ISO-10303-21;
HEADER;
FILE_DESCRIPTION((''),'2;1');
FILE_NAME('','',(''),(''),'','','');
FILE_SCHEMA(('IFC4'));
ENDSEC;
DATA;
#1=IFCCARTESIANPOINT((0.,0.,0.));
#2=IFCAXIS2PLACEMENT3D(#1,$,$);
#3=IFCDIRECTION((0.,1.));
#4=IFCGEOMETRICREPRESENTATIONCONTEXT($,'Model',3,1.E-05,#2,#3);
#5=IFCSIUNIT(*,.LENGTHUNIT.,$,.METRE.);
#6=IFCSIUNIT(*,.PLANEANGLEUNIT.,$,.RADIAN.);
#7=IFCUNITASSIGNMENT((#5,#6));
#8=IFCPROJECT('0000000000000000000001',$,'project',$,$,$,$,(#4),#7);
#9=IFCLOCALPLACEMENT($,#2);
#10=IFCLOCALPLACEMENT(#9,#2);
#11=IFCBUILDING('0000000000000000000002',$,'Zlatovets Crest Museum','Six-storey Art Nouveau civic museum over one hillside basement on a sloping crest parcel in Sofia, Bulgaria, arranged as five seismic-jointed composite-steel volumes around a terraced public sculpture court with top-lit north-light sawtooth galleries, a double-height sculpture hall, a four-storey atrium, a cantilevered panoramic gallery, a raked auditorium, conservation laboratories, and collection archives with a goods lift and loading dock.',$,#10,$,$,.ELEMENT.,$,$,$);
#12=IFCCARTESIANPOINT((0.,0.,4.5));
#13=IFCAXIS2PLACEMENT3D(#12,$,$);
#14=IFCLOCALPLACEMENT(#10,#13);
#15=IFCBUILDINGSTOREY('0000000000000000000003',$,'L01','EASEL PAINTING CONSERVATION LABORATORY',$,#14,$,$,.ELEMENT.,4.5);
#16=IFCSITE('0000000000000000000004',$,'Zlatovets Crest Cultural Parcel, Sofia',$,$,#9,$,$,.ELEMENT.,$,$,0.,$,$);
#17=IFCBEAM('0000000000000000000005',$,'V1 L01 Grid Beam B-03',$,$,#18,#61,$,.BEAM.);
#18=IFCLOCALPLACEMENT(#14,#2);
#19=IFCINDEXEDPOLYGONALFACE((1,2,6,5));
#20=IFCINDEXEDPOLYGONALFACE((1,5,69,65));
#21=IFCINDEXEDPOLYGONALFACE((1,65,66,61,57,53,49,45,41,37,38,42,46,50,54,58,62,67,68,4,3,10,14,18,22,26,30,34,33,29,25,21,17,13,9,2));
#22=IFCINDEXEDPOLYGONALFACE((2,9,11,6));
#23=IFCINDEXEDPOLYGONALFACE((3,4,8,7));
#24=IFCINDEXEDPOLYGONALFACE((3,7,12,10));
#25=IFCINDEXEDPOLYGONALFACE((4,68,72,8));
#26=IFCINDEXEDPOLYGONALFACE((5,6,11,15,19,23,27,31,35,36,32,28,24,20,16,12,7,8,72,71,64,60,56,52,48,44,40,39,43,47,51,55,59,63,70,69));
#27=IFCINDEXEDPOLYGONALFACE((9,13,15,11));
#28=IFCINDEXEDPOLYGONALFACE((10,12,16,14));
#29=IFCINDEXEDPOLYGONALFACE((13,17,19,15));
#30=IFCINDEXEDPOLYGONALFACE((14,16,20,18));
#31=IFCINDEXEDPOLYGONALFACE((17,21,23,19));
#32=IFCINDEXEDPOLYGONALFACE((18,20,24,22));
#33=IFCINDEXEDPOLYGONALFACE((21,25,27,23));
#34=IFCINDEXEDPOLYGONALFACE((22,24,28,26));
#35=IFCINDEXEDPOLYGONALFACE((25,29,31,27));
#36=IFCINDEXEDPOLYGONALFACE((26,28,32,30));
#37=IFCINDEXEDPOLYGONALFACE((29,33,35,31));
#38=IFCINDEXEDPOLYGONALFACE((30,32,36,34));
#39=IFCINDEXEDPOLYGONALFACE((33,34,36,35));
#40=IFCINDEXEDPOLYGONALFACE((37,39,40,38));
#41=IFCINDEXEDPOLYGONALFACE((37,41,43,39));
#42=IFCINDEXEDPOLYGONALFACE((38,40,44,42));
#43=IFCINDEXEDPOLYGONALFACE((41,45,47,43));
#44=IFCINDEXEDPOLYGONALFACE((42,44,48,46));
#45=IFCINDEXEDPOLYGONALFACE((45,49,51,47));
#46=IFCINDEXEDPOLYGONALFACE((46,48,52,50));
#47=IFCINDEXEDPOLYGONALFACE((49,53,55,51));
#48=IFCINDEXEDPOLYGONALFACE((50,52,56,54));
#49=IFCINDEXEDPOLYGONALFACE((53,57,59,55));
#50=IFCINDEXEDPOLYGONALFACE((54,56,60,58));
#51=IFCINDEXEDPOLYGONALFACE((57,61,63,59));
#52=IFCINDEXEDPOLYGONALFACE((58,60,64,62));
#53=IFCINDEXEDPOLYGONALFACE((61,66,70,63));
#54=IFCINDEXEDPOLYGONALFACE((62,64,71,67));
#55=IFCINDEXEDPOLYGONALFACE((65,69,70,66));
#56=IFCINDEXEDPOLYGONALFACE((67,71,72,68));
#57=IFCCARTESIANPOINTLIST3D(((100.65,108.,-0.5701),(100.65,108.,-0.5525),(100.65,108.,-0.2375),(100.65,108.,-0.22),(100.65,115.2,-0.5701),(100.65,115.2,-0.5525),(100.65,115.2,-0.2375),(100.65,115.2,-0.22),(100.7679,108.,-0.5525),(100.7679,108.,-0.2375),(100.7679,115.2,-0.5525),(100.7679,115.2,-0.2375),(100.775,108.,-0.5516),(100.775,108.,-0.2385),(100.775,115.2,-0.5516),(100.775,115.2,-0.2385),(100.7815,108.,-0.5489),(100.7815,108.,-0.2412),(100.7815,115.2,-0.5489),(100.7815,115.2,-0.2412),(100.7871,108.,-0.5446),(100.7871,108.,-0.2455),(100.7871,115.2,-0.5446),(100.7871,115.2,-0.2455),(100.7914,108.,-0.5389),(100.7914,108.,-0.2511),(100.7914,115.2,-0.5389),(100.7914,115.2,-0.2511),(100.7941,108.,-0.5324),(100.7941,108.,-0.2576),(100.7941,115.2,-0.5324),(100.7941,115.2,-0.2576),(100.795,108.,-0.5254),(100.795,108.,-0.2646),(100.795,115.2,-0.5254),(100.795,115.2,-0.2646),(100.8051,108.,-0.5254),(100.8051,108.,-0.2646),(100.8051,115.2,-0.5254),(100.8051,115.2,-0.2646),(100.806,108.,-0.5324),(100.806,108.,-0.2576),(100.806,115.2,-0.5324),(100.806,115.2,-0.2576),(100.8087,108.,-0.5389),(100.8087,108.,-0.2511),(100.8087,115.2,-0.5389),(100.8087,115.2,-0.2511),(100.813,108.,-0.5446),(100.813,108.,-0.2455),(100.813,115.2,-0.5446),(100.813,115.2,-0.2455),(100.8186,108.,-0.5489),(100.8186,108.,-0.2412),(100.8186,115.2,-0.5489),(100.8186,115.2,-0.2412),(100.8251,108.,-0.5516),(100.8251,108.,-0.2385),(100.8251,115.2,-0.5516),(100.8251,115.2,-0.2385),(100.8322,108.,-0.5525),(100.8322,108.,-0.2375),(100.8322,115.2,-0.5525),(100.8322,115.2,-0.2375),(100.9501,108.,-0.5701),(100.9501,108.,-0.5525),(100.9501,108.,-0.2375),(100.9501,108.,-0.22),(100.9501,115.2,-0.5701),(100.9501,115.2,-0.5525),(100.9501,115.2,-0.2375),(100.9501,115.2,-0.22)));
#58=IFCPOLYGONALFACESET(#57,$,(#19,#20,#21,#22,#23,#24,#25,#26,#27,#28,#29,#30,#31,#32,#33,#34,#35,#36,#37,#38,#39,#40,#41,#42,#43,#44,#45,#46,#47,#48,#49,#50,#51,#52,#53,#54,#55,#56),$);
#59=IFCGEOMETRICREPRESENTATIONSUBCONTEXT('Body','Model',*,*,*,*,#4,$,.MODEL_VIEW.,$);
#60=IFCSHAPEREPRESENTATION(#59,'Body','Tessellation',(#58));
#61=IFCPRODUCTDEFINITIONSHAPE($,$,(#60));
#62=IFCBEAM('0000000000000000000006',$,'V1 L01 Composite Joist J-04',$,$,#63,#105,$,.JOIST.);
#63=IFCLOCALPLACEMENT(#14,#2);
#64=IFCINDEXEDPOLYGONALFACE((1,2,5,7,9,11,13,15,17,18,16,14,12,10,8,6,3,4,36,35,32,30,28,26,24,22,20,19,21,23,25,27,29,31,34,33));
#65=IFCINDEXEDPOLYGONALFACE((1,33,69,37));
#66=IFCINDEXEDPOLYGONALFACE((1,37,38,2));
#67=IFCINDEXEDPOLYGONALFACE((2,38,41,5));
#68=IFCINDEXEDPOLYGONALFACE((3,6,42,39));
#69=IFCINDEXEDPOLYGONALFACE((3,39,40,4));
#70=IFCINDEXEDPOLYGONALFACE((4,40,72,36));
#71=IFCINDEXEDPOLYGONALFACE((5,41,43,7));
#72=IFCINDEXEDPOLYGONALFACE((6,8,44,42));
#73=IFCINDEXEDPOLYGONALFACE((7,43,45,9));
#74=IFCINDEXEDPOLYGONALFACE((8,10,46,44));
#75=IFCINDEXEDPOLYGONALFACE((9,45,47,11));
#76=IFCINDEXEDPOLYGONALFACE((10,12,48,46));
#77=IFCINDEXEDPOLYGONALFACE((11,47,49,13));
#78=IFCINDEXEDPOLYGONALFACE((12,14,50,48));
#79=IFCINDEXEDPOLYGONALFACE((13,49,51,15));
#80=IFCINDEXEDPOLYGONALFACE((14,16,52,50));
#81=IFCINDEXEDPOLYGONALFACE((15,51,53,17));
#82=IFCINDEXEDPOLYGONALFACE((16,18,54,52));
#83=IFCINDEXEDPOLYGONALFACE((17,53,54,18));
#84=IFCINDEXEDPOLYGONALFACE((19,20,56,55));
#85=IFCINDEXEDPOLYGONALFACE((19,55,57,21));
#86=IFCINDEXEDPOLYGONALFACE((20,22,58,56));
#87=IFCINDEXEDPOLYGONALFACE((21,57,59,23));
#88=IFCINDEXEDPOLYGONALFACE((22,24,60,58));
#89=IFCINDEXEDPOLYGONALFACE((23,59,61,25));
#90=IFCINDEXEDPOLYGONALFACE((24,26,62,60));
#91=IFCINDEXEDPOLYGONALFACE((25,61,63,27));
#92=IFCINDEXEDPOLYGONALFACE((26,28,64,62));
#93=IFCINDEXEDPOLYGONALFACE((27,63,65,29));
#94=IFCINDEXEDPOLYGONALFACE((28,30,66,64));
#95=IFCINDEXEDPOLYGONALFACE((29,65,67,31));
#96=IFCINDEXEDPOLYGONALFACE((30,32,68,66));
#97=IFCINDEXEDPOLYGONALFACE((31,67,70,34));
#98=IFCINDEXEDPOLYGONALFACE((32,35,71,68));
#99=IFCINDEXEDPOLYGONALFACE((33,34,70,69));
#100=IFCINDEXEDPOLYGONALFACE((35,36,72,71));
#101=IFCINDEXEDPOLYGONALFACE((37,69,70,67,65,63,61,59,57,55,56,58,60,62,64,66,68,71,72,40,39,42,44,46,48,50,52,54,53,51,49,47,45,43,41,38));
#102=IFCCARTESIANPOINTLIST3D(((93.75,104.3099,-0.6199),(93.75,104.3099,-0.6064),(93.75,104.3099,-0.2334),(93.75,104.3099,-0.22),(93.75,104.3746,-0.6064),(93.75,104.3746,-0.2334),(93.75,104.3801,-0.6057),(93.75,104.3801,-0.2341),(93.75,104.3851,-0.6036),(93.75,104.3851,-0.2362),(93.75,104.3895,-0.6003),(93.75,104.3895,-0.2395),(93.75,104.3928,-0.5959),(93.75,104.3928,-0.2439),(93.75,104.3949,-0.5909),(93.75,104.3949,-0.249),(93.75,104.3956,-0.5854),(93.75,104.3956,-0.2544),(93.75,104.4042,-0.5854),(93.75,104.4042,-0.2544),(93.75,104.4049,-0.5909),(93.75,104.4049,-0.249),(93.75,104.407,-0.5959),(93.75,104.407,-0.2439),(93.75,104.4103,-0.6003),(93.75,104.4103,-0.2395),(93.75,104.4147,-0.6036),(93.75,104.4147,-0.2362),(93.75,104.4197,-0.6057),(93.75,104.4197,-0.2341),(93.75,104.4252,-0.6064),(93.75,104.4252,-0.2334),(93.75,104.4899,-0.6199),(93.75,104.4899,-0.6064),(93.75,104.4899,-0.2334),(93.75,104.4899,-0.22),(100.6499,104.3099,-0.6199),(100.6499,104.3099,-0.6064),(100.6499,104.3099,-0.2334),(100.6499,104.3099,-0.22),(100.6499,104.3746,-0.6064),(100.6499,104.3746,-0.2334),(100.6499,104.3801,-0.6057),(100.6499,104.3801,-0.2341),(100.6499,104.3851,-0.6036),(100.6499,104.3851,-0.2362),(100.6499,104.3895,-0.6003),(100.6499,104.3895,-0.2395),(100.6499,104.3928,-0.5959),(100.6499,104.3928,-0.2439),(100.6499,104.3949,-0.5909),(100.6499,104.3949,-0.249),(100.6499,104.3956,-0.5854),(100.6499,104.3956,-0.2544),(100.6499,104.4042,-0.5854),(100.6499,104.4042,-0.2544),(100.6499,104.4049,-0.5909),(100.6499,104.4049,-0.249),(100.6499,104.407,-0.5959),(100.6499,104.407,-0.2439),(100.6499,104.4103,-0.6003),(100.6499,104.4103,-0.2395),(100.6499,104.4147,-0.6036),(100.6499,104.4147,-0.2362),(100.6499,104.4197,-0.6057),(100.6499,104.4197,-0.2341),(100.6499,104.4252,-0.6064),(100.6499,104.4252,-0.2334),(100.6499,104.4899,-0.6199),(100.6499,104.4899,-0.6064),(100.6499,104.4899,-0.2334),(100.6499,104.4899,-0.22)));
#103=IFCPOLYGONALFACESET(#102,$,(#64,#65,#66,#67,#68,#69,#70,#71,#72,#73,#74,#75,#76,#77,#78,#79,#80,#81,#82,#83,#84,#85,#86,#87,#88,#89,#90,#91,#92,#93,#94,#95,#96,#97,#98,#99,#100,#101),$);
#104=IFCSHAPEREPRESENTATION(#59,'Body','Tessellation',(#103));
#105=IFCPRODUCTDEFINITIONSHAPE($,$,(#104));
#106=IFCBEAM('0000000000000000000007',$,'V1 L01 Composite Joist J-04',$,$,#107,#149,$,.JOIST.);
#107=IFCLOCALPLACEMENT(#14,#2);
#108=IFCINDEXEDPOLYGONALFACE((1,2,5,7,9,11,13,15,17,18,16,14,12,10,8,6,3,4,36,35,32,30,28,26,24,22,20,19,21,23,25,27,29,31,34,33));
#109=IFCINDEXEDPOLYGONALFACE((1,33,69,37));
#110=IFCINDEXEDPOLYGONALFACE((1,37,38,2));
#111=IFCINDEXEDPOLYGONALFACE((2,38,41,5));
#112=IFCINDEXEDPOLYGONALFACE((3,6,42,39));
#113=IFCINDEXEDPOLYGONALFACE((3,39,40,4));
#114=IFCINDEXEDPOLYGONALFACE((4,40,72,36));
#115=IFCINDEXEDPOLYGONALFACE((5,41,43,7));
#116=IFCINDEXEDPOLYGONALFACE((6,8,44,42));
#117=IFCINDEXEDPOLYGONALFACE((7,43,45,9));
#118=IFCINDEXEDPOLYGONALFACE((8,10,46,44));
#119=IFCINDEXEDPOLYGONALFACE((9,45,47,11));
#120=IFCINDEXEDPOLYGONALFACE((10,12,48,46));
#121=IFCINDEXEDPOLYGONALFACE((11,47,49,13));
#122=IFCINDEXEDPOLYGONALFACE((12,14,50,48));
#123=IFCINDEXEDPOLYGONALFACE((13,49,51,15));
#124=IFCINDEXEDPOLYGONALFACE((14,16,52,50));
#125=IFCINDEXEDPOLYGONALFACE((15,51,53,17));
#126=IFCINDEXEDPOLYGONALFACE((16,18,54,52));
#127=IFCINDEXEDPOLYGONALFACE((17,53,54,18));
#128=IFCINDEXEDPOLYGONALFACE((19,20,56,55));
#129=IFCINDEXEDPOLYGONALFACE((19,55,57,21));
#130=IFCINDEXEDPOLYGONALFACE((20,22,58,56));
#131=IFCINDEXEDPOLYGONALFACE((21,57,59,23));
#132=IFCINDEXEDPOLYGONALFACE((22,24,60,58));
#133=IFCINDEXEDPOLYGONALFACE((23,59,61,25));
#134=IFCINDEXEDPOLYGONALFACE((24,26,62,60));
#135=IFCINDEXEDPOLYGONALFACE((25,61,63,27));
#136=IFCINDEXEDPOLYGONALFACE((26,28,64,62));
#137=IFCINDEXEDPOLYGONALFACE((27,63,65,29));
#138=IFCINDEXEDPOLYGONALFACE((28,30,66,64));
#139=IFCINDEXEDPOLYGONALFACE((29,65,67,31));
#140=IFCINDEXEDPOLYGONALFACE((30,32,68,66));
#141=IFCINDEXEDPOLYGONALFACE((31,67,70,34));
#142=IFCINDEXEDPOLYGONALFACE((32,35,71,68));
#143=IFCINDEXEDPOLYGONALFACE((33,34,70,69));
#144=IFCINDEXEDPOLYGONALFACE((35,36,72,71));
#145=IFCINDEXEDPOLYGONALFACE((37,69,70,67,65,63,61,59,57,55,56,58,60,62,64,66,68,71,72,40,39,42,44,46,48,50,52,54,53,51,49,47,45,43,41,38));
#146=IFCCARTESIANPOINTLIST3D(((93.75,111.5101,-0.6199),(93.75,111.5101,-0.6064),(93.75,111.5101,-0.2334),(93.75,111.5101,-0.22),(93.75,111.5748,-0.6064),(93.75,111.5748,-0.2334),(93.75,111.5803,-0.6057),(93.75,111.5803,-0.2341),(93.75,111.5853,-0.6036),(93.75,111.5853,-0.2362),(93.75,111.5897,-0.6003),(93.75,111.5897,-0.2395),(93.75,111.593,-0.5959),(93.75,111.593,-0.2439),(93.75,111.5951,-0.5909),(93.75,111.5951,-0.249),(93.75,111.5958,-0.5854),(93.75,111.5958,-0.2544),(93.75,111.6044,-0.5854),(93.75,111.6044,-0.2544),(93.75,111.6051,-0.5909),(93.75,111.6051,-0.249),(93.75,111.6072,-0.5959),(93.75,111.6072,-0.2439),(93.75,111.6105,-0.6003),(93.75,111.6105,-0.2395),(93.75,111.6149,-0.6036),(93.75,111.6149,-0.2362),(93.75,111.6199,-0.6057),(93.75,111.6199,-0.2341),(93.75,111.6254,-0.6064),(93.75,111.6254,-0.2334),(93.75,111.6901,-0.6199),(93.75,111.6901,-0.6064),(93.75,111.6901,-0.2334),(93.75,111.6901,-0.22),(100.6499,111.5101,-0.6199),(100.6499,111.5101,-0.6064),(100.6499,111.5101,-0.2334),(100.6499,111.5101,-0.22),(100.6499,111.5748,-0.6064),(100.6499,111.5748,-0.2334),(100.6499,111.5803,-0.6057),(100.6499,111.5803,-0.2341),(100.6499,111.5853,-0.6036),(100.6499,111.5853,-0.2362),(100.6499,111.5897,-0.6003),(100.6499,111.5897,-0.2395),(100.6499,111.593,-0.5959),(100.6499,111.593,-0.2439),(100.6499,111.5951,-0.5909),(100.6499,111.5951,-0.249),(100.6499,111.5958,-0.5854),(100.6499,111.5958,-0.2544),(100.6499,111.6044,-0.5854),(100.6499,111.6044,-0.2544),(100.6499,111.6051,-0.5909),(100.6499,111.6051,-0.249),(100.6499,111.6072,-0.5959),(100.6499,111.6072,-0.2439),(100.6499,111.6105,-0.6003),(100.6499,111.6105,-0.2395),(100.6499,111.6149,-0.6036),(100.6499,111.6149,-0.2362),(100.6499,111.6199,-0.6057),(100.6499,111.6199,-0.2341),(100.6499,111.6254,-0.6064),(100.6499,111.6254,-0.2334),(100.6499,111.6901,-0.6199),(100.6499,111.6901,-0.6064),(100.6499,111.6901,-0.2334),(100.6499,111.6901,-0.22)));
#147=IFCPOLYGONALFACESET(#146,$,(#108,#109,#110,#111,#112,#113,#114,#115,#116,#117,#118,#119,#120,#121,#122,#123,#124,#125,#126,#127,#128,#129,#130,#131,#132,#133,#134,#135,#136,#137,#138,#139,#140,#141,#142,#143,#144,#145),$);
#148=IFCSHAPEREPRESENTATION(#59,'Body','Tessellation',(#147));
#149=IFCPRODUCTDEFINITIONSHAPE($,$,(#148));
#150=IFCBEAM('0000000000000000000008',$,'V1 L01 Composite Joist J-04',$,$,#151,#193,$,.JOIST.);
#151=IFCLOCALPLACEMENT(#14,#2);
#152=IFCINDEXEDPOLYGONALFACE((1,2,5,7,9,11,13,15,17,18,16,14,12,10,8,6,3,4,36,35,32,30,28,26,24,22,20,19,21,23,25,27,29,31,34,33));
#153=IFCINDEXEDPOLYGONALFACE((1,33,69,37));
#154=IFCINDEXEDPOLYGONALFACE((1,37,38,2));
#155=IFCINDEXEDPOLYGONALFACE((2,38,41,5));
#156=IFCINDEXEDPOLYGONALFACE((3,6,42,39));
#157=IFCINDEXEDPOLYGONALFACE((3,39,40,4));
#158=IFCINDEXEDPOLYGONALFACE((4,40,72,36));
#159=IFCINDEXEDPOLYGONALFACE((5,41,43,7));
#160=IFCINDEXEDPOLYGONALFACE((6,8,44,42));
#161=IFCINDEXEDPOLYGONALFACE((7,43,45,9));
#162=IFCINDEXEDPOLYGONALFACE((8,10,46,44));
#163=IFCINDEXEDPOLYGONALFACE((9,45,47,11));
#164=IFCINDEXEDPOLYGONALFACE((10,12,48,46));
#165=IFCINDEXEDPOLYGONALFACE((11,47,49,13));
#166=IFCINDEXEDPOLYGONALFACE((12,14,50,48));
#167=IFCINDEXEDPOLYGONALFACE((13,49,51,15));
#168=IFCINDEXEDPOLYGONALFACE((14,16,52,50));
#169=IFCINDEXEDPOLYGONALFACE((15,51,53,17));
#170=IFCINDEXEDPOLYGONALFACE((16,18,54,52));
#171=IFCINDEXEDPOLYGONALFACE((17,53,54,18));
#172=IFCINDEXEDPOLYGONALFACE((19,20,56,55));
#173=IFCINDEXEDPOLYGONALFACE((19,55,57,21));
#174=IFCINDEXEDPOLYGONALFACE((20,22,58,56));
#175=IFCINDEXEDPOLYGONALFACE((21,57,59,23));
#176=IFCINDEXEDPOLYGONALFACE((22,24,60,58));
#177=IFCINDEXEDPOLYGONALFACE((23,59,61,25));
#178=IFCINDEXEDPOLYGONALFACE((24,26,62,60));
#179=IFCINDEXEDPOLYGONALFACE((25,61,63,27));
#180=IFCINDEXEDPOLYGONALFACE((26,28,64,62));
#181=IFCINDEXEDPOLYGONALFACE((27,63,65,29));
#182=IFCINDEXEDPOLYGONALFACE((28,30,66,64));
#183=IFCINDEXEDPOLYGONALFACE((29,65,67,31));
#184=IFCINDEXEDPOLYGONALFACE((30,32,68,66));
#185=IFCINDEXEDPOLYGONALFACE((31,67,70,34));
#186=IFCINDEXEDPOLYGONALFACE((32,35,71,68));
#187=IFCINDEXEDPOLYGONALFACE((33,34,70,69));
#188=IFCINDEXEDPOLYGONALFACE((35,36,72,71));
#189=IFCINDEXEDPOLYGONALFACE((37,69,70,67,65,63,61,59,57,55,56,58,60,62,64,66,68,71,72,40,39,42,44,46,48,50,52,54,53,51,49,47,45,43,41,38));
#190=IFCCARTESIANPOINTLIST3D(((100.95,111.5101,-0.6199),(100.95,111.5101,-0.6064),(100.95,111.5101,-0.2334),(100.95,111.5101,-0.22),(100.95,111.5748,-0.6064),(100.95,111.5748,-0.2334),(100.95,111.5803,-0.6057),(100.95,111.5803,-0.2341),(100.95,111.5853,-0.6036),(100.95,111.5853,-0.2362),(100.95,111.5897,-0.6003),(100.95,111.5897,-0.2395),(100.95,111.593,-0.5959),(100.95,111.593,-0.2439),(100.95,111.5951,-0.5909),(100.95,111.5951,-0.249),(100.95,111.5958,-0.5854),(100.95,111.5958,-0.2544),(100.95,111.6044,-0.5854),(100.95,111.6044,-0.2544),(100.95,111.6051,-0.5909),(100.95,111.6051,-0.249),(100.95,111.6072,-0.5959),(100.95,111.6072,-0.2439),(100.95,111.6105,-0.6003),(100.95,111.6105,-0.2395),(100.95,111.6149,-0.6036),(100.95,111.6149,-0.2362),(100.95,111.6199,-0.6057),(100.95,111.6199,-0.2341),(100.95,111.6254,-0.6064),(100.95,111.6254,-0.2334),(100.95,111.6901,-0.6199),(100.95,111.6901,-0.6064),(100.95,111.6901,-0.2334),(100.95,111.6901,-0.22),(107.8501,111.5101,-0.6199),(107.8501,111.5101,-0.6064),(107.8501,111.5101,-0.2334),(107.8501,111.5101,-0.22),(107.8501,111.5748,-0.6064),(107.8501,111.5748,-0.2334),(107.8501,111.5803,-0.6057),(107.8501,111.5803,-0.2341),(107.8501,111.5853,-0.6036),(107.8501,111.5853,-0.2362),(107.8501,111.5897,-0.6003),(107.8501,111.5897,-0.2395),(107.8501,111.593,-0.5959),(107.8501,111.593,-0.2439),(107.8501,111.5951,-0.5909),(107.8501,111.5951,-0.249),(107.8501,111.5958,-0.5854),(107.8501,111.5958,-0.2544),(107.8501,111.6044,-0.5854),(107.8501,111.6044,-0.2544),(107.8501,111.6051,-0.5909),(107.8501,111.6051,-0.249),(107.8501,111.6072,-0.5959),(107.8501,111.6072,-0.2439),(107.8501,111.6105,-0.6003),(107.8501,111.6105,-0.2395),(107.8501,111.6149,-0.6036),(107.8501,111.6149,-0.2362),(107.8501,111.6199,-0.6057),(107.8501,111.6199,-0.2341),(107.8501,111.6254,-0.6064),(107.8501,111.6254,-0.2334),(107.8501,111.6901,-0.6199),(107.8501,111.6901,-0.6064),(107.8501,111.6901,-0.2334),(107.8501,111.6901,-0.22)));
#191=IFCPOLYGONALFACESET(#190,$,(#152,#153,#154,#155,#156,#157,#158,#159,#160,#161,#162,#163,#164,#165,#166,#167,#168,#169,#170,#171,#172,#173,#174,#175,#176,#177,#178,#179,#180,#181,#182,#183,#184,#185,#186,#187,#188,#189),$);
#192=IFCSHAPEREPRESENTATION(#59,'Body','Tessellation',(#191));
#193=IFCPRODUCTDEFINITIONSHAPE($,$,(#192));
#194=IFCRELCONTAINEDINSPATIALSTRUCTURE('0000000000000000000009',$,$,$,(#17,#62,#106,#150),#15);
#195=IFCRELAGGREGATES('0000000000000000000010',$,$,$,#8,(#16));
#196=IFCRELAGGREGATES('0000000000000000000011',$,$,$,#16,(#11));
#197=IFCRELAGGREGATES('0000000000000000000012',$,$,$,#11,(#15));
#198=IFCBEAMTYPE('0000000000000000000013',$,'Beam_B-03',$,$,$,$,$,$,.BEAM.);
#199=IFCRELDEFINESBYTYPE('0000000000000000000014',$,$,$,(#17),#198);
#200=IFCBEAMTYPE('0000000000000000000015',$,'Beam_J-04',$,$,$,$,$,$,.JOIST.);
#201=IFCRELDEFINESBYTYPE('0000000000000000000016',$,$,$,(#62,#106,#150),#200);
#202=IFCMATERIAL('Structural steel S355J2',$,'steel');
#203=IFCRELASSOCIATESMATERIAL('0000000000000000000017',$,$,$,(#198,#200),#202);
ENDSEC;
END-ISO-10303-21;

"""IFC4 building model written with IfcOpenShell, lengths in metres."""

from ifc_helpers import new_model, si_unit, direction, frame, origin, origin_2d, place, context, subcontext, project, spatial, i_section, extrude, material, material_profile, profile_set, type_object, element, save


model = new_model("IFC4")

# Units and contexts
model_context = context("Model", 3, precision=1e-05, world=origin(), true_north=direction((0.0, 1.0)))
body_context = subcontext(model_context, "Body", "Model", "MODEL_VIEW")
ifc_project = project(units=[si_unit("LENGTHUNIT", "METRE"), si_unit("PLANEANGLEUNIT", "RADIAN")], contexts=[model_context])

# Site, building, storey
site_placement = place(None, origin())
site = spatial("IfcSite", under=ifc_project, at=site_placement, Name="Zlatovets Crest Cultural Parcel, Sofia", CompositionType="ELEMENT", RefElevation=0.0)
building_placement = place(site_placement, origin())
building = spatial("IfcBuilding", under=site, at=building_placement, Name="Zlatovets Crest Museum", Description="Six-storey Art Nouveau civic museum over one hillside basement on a sloping crest parcel in Sofia, Bulgaria, arranged as five seismic-jointed composite-steel volumes around a terraced public sculpture court with top-lit north-light sawtooth galleries, a double-height sculpture hall, a four-storey atrium, a cantilevered panoramic gallery, a raked auditorium, conservation laboratories, and collection archives with a goods lift and loading dock.", CompositionType="ELEMENT")
storey_placement = place(building_placement, frame((0.0, 0.0, 4.5)))
storey = spatial("IfcBuildingStorey", under=building, at=storey_placement, Name="L01", Description="EASEL PAINTING CONSERVATION LABORATORY", CompositionType="ELEMENT", Elevation=4.5)

# Shared definitions
ifc_material_1 = material(Name="Structural steel S355J2", Category="steel")

# Beams
ifc_material_profile_1 = material_profile(ifc_material_1, i_section(OverallWidth=0.3, OverallDepth=0.3501, WebThickness=0.01, FlangeThickness=0.0176, FilletRadius=0.0271, at=origin_2d()), Name="HEA 360")
ifc_profile_set_1 = profile_set([ifc_material_profile_1], Name="Structural steel S355J2")
beam_type_1 = type_object("IfcBeamType", Name="Beam_B-03", PredefinedType="BEAM", material=ifc_profile_set_1)
beam_1_placement = place(storey_placement, frame((100.8, 108.0, -0.395), z_axis=(0.0, 1.0, 0.0), x_axis=(-1.0, 0.0, 0.0)))
element("IfcBeam", 1, at=beam_1_placement, inside=storey, type_object=beam_type_1, Name="V1 L01 Grid Beam B-03", PredefinedType="BEAM", context=body_context, shape_type="SweptSolid", body=[
    extrude(i_section(OverallWidth=0.3, OverallDepth=0.3501, WebThickness=0.01, FlangeThickness=0.0176, FilletRadius=0.0271, at=origin_2d()), origin(), (0.0, 0.0, 1.0), 7.2),
])
ifc_material_profile_2 = material_profile(ifc_material_1, i_section(OverallWidth=0.1799, OverallDepth=0.3999, WebThickness=0.0085, FlangeThickness=0.0134, FilletRadius=0.021, at=origin_2d()), Name="IPE 400")
ifc_profile_set_2 = profile_set([ifc_material_profile_2], Name="Structural steel S355J2")
beam_type_2 = type_object("IfcBeamType", Name="Beam_J-04", PredefinedType="JOIST", material=ifc_profile_set_2)
for number, where, z_axis, x_axis, name in (
    (2, (93.75, 104.3999, -0.4199), (1.0, 0.0, 0.0), (0.0, 1.0, 0.0), "V1 L01 Composite Joist J-04"),
    (3, (93.75, 111.6001, -0.4199), (1.0, 0.0, 0.0), (0.0, 1.0, 0.0), "V1 L01 Composite Joist J-04"),
):
    element("IfcBeam", number, at=place(storey_placement, frame(where, z_axis=z_axis, x_axis=x_axis)), inside=storey, type_object=beam_type_2, Name=name, PredefinedType="JOIST", context=body_context, shape_type="SweptSolid", body=[
        extrude(i_section(OverallWidth=0.1799, OverallDepth=0.3999, WebThickness=0.0085, FlangeThickness=0.0134, FilletRadius=0.021, at=origin_2d()), origin(), (0.0, 0.0, 1.0), 6.8999),
    ])
beam_2_placement = place(storey_placement, frame((100.95, 111.6001, -0.4199), z_axis=(1.0, 0.0, 0.0), x_axis=(0.0, 1.0, 0.0)))
element("IfcBeam", 4, at=beam_2_placement, inside=storey, type_object=beam_type_2, Name="V1 L01 Composite Joist J-04", PredefinedType="JOIST", context=body_context, shape_type="SweptSolid", body=[
    extrude(i_section(OverallWidth=0.1799, OverallDepth=0.3999, WebThickness=0.0085, FlangeThickness=0.0134, FilletRadius=0.021, at=origin_2d()), origin(), (0.0, 0.0, 1.0), 6.9001),
])

save(model, "model.ifc")
